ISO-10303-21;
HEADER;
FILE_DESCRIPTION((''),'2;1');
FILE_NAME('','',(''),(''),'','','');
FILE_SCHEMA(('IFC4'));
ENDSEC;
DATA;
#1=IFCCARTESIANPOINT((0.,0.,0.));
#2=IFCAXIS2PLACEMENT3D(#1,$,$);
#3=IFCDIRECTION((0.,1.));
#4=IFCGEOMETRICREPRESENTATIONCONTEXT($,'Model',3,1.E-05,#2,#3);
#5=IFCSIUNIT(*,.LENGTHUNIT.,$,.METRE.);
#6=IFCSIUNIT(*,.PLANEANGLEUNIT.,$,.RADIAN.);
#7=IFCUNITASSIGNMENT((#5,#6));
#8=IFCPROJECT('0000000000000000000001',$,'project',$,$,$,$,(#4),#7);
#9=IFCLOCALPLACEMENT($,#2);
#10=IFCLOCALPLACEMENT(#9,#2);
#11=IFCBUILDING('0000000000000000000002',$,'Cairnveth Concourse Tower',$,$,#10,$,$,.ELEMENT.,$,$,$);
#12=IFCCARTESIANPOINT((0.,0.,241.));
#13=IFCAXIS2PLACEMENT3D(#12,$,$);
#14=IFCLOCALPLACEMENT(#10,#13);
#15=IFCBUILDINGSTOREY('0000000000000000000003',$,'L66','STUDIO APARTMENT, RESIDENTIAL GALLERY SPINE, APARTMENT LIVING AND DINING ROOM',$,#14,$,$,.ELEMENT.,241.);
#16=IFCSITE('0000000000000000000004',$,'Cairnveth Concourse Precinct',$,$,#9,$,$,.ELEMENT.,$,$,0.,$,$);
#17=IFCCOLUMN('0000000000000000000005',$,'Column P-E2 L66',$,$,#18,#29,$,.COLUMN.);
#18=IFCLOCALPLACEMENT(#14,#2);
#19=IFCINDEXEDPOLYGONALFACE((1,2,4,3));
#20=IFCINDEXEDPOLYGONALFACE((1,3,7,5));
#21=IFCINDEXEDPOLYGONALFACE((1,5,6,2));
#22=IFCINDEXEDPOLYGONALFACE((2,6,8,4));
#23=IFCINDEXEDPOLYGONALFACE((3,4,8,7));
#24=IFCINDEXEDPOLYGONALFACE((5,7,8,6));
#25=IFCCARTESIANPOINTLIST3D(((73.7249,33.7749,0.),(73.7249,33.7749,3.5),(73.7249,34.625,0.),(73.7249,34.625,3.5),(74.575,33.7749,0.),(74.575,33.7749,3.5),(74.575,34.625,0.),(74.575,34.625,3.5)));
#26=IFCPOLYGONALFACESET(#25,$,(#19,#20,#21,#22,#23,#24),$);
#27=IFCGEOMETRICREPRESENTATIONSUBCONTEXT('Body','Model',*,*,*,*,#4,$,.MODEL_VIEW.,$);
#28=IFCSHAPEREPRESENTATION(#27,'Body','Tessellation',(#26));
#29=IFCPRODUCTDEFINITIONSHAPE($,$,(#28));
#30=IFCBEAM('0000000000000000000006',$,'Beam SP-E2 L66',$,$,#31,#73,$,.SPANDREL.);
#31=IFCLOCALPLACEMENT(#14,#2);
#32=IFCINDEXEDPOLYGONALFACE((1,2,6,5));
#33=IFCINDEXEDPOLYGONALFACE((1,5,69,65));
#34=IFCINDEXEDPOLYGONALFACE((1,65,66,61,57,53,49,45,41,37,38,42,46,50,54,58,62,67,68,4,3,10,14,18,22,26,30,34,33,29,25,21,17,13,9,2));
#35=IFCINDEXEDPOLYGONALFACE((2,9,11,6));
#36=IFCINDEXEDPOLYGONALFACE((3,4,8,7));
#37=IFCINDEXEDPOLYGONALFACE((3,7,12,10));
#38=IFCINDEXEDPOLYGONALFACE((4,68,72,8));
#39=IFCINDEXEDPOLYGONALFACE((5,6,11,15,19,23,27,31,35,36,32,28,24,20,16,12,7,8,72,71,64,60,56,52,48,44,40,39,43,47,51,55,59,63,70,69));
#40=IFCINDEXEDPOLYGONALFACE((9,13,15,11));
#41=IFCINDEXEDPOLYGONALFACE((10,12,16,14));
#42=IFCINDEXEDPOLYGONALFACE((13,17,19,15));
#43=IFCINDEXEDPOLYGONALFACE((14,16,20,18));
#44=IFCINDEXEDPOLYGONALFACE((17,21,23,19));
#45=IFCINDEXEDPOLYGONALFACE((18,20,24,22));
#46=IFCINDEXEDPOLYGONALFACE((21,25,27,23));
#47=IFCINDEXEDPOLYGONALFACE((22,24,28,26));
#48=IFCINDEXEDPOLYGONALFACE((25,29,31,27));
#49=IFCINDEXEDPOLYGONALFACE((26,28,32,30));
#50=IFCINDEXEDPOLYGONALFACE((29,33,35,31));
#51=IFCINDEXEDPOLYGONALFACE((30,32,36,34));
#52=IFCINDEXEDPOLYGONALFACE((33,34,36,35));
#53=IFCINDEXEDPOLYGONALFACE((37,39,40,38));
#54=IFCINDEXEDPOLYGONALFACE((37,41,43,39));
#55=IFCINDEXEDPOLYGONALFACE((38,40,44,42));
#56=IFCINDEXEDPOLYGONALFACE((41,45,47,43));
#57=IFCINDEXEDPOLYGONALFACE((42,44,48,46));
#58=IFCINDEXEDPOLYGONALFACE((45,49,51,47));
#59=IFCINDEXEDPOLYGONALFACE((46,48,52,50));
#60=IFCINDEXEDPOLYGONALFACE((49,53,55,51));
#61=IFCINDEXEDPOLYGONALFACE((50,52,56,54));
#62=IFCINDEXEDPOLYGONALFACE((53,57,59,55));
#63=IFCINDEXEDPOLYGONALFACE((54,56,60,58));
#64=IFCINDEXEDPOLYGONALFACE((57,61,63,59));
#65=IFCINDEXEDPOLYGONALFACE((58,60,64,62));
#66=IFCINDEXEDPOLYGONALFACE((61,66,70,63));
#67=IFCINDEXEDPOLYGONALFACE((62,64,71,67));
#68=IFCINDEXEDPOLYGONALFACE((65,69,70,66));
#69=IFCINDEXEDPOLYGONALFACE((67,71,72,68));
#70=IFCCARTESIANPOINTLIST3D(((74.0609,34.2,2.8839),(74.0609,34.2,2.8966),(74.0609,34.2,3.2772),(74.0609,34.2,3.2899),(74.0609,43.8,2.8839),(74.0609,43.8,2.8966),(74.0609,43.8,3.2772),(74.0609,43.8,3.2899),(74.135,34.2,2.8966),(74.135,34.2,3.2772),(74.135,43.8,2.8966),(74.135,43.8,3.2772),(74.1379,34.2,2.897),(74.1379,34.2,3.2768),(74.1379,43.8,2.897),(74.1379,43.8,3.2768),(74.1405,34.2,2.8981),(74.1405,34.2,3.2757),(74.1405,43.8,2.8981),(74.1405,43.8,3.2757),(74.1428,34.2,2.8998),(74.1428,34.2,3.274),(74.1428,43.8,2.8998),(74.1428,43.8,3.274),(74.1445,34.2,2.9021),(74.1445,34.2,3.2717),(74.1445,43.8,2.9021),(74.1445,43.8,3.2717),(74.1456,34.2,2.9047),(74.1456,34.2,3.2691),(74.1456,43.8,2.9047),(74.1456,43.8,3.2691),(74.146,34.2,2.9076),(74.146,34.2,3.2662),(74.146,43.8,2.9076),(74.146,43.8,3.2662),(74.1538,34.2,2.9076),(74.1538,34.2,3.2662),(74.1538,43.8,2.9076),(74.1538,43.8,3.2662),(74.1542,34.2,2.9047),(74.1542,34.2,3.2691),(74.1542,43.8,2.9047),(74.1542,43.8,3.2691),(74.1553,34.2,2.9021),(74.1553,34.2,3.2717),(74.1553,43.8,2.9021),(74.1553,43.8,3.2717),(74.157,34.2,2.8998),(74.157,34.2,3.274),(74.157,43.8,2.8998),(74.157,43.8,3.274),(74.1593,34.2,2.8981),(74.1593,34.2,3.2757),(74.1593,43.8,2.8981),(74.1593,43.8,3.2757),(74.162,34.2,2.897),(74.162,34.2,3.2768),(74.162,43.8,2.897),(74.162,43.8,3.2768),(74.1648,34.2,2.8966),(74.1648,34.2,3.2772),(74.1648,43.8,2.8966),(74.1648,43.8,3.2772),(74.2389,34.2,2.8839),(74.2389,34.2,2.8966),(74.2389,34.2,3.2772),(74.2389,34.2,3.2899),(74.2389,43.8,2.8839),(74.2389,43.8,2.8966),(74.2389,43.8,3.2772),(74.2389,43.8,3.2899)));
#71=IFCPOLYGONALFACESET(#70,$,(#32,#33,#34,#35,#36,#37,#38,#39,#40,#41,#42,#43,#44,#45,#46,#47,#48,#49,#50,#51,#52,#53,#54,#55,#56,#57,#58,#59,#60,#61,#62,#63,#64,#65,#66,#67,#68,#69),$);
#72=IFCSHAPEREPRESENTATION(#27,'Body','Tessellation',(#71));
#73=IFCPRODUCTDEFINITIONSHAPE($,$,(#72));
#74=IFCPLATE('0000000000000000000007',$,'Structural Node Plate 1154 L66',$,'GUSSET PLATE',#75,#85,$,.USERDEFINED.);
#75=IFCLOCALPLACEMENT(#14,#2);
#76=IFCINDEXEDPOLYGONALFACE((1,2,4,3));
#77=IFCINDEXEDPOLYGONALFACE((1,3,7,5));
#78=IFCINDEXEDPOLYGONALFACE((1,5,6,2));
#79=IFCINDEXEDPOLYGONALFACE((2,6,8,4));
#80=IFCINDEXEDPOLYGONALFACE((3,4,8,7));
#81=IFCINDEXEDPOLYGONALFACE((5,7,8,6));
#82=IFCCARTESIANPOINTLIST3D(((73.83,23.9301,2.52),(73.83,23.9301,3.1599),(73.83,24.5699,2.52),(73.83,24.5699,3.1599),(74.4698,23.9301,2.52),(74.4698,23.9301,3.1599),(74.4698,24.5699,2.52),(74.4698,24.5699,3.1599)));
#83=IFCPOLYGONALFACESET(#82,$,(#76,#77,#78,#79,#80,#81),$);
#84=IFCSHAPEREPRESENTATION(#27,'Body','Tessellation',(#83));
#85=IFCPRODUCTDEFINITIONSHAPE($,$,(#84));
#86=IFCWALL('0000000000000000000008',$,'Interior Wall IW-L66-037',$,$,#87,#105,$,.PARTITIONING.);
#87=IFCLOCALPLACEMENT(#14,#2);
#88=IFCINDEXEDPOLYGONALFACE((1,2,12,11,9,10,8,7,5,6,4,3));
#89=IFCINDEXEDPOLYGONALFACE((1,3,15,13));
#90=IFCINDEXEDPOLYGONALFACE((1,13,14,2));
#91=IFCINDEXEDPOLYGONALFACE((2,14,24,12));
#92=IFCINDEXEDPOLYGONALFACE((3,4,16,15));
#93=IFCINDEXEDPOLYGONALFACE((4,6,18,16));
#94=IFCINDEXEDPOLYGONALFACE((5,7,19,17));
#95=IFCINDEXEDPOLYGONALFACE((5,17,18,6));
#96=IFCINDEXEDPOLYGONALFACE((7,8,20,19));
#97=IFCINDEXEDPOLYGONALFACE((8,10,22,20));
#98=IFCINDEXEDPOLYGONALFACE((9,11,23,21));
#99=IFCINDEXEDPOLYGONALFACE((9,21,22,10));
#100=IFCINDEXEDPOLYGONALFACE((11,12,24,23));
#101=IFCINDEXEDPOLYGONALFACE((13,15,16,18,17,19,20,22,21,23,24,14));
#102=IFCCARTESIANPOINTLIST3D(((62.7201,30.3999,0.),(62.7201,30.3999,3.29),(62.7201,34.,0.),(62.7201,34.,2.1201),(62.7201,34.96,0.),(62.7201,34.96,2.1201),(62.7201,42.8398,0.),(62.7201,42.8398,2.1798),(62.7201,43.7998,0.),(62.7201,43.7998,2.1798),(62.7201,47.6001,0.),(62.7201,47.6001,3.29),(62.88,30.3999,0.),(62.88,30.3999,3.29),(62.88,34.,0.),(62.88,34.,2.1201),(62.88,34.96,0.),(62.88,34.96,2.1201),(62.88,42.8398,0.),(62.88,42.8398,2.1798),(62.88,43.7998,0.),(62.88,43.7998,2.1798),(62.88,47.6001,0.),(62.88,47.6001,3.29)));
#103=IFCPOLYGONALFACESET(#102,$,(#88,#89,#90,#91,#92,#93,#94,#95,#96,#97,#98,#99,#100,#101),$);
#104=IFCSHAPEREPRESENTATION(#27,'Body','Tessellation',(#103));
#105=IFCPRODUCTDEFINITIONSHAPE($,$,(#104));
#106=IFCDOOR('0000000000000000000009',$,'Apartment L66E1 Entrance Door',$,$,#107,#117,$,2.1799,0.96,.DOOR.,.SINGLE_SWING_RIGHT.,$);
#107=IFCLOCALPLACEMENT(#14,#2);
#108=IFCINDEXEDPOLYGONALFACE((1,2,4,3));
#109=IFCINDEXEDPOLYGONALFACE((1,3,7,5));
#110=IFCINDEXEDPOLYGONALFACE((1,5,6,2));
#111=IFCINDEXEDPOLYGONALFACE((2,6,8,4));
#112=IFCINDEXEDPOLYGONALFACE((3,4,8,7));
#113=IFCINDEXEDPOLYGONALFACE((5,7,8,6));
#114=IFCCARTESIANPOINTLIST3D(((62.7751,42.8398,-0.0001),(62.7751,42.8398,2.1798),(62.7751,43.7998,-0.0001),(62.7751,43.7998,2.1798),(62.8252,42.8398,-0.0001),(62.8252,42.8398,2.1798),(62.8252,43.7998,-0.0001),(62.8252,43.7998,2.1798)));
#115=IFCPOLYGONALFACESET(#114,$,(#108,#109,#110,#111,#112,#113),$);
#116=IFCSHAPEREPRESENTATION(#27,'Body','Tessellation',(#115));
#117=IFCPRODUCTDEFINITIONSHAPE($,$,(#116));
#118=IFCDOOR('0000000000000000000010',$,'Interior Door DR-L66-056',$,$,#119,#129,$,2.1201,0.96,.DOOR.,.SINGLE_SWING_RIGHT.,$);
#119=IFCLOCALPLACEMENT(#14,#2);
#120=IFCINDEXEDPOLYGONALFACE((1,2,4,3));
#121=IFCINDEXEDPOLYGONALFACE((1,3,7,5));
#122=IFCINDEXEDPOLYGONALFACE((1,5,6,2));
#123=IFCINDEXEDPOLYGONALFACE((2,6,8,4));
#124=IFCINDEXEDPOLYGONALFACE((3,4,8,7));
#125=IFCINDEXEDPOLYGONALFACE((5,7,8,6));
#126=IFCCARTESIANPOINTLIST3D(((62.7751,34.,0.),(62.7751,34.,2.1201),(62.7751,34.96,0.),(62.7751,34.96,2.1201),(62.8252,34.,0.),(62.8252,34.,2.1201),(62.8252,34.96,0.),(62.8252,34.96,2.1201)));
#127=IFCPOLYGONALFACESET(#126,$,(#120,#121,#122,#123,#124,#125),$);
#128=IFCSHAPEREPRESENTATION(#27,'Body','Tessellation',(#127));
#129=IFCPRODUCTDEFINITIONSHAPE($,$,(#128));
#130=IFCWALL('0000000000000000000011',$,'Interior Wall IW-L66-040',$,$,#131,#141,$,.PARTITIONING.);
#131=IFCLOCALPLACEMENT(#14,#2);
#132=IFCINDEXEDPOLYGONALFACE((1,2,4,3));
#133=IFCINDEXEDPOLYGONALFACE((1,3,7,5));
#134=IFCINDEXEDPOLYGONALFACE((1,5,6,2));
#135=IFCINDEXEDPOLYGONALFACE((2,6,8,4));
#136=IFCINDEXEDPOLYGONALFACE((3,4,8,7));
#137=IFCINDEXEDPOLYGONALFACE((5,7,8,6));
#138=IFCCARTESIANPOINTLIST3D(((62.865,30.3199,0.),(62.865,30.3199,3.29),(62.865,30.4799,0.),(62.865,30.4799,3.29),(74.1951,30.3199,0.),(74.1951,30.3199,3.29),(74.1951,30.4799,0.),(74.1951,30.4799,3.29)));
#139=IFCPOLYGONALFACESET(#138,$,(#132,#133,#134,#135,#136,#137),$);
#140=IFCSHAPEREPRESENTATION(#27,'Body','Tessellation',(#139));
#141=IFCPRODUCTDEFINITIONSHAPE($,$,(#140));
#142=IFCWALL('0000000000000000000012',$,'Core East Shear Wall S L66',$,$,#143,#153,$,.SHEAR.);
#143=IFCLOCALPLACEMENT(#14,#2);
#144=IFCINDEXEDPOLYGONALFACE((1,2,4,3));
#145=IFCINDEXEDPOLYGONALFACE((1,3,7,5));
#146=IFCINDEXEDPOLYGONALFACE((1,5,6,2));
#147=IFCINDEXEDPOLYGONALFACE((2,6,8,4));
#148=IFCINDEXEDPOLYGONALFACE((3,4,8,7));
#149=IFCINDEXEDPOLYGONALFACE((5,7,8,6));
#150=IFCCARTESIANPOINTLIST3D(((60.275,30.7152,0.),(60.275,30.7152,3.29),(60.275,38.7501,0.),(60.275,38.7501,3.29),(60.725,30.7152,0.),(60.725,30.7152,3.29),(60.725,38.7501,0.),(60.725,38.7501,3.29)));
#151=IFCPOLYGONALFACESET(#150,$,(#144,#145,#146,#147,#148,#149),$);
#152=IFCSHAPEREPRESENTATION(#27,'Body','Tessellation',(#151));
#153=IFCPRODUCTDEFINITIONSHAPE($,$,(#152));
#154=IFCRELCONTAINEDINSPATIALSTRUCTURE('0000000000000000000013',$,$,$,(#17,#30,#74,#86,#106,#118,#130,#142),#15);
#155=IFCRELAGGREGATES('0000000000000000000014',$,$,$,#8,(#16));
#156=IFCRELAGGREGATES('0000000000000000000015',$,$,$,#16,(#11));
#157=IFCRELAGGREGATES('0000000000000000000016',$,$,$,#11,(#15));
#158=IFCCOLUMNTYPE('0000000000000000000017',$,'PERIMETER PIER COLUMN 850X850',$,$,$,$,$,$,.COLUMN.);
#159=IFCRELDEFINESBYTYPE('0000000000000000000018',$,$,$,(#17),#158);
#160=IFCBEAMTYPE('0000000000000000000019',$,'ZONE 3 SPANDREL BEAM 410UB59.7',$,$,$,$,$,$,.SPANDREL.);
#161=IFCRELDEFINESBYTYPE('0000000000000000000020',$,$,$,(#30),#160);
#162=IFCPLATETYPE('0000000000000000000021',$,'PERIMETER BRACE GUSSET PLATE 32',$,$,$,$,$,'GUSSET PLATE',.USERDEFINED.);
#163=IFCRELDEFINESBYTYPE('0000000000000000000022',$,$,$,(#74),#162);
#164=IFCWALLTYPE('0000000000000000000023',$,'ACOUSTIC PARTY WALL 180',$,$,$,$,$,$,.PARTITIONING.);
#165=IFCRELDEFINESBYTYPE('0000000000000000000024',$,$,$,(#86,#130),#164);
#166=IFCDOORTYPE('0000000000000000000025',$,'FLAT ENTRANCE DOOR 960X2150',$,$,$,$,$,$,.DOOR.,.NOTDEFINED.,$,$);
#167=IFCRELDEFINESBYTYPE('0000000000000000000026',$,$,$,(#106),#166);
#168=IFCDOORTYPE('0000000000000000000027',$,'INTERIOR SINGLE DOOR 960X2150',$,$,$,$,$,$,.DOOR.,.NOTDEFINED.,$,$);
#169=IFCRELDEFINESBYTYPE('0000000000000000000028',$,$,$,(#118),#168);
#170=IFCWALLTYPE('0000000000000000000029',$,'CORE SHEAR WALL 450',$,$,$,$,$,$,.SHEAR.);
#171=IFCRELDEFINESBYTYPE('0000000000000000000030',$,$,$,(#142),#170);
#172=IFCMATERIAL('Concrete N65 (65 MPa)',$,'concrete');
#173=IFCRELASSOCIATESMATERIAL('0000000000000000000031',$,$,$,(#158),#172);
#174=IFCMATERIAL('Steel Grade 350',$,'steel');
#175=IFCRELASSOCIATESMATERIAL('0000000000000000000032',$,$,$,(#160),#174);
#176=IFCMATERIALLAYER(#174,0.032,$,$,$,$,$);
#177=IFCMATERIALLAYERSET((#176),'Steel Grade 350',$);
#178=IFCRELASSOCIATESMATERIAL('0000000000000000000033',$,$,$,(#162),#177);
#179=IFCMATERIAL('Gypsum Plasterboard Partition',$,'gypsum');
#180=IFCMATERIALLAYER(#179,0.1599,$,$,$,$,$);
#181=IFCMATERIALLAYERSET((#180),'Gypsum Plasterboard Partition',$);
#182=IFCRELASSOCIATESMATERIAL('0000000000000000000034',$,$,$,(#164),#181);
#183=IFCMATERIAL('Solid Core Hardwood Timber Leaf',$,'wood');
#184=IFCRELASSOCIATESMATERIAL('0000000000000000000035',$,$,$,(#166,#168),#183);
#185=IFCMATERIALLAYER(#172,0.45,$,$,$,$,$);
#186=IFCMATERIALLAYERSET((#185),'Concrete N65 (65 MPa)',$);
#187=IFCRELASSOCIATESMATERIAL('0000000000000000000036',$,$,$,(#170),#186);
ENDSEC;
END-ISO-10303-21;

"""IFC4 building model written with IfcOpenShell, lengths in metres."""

from ifc_helpers import new_model, si_unit, direction, frame, frame_2d, origin, origin_2d, place, context, subcontext, project, spatial, rectangle, i_section, extrude, material, layer, layer_set, material_profile, profile_set, type_object, element, fill, save


model = new_model("IFC4")

# Units and contexts
model_context = context("Model", 3, precision=1e-05, world=origin(), true_north=direction((0.0, 1.0)))
body_context = subcontext(model_context, "Body", "Model", "MODEL_VIEW")
ifc_project = project(units=[si_unit("LENGTHUNIT", "METRE"), si_unit("PLANEANGLEUNIT", "RADIAN")], contexts=[model_context])

# Site, building, storey
site_placement = place(None, origin())
site = spatial("IfcSite", under=ifc_project, at=site_placement, Name="Cairnveth Concourse Precinct", CompositionType="ELEMENT", RefElevation=0.0)
building_placement = place(site_placement, origin())
building = spatial("IfcBuilding", under=site, at=building_placement, Name="Cairnveth Concourse Tower", CompositionType="ELEMENT")
storey_placement = place(building_placement, frame((0.0, 0.0, 241.0)))
storey = spatial("IfcBuildingStorey", under=building, at=storey_placement, Name="L66", Description="STUDIO APARTMENT, RESIDENTIAL GALLERY SPINE, APARTMENT LIVING AND DINING ROOM", CompositionType="ELEMENT", Elevation=241.0)

# Column
ifc_material_1 = material(Name="Concrete N65 (65 MPa)", Category="concrete")
ifc_material_profile_1 = material_profile(ifc_material_1, rectangle(XDim=0.8501, YDim=0.8501, at=origin_2d()), Name="RC-COL-850x850")
ifc_profile_set_1 = profile_set([ifc_material_profile_1], Name="Concrete N65 (65 MPa)")
column_type = type_object("IfcColumnType", Name="PERIMETER PIER COLUMN 850X850", PredefinedType="COLUMN", material=ifc_profile_set_1)
column_placement = place(storey_placement, frame((74.1499, 34.2, 0.0), z_axis=(0.0, 0.0, 1.0), x_axis=(0.0, 1.0, 0.0)))
element("IfcColumn", 1, at=column_placement, inside=storey, type_object=column_type, Name="Column P-E2 L66", PredefinedType="COLUMN", context=body_context, shape_type="SweptSolid", body=[
    extrude(rectangle(XDim=0.8501, YDim=0.8501, at=origin_2d()), origin(), (0.0, 0.0, 1.0), 3.5),
])

# Beam
ifc_material_2 = material(Name="Steel Grade 350", Category="steel")
ifc_material_profile_2 = material_profile(ifc_material_2, i_section(OverallWidth=0.178, OverallDepth=0.406, WebThickness=0.0078, FlangeThickness=0.0127, FilletRadius=0.011, at=origin_2d()), Name="410UB59.7")
ifc_profile_set_2 = profile_set([ifc_material_profile_2], Name="Steel Grade 350")
beam_type = type_object("IfcBeamType", Name="ZONE 3 SPANDREL BEAM 410UB59.7", PredefinedType="SPANDREL", material=ifc_profile_set_2)
beam_placement = place(storey_placement, frame((74.1499, 34.2, 3.0869), z_axis=(0.0, 1.0, 0.0), x_axis=(-1.0, 0.0, 0.0)))
element("IfcBeam", 2, at=beam_placement, inside=storey, type_object=beam_type, Name="Beam SP-E2 L66", PredefinedType="SPANDREL", context=body_context, shape_type="SweptSolid", body=[
    extrude(i_section(OverallWidth=0.178, OverallDepth=0.406, WebThickness=0.0078, FlangeThickness=0.0127, FilletRadius=0.011, at=origin_2d()), origin(), (0.0, 0.0, 1.0), 9.6001),
])

# Plate
ifc_layer_1 = layer(ifc_material_2, 0.032)
ifc_layer_set_1 = layer_set([ifc_layer_1], Name="Steel Grade 350")
plate_type = type_object("IfcPlateType", Name="PERIMETER BRACE GUSSET PLATE 32", ElementType="GUSSET PLATE", PredefinedType="USERDEFINED", material=ifc_layer_set_1)
plate_placement = place(storey_placement, frame((74.1499, 24.25, 2.52), z_axis=(0.0, 0.0, 1.0), x_axis=(1.0, 0.0, 0.0)))
element("IfcPlate", 3, at=plate_placement, inside=storey, type_object=plate_type, Name="Structural Node Plate 1154 L66", ObjectType="GUSSET PLATE", PredefinedType="USERDEFINED", context=body_context, shape_type="SweptSolid", body=[
    extrude(rectangle(XDim=0.6399, YDim=0.6399, at=origin_2d()), origin(), (0.0, 0.0, 1.0), 0.6399),
])

# Wall, openings, doors
ifc_material_3 = material(Name="Gypsum Plasterboard Partition", Category="gypsum")
ifc_layer_2 = layer(ifc_material_3, 0.1599)
ifc_layer_set_2 = layer_set([ifc_layer_2], Name="Gypsum Plasterboard Partition")
wall_type_1 = type_object("IfcWallType", Name="ACOUSTIC PARTY WALL 180", PredefinedType="PARTITIONING", material=ifc_layer_set_2)
wall_1_placement = place(storey_placement, frame((62.8, 30.3999, 0.0), z_axis=(0.0, 0.0, 1.0), x_axis=(0.0, 1.0, 0.0)))
wall_1 = element("IfcWall", 4, at=wall_1_placement, inside=storey, type_object=wall_type_1, Name="Interior Wall IW-L66-037", PredefinedType="PARTITIONING", context=body_context, shape_type="SweptSolid", body=[
    extrude(rectangle(XDim=17.2002, YDim=0.1599, at=frame_2d((8.6001, 0.0))), origin(), (0.0, 0.0, 1.0), 3.29),
])
opening_1_placement = place(wall_1_placement, frame((3.6001, 0.0, 0.0)))
opening_1 = element("IfcOpeningElement", 5, at=opening_1_placement, cuts=wall_1, PredefinedType="OPENING", context=body_context, shape_type="SweptSolid", body=[
    extrude(rectangle(XDim=0.96, YDim=2.1201, at=frame_2d((0.48, 1.0601))), frame((0.0, 0.0898, 0.0), z_axis=(0.0, -1.0, 0.0), x_axis=(1.0, 0.0, 0.0)), (0.0, 0.0, 1.0), 0.1799),
])
opening_2_placement = place(wall_1_placement, frame((12.4399, 0.0, 0.0)))
opening_2 = element("IfcOpeningElement", 6, at=opening_2_placement, cuts=wall_1, PredefinedType="OPENING", context=body_context, shape_type="SweptSolid", body=[
    extrude(rectangle(XDim=0.96, YDim=2.1799, at=frame_2d((0.48, 1.0898))), frame((0.0, 0.0898, 0.0), z_axis=(0.0, -1.0, 0.0), x_axis=(1.0, 0.0, 0.0)), (0.0, 0.0, 1.0), 0.1799),
])
ifc_material_4 = material(Name="Solid Core Hardwood Timber Leaf", Category="wood")
door_type_1 = type_object("IfcDoorType", Name="FLAT ENTRANCE DOOR 960X2150", OperationType="NOTDEFINED", PredefinedType="DOOR", material=ifc_material_4)
door_1_placement = place(opening_2_placement, origin())
door_1 = element("IfcDoor", 7, at=door_1_placement, inside=storey, type_object=door_type_1, Name="Apartment L66E1 Entrance Door", OperationType="SINGLE_SWING_RIGHT", OverallHeight=2.1799, OverallWidth=0.96, PredefinedType="DOOR", context=body_context, shape_type="SweptSolid", body=[
    extrude(rectangle(XDim=0.96, YDim=2.1799, at=frame_2d((0.48, 1.0898))), frame((0.0, 0.0249, 0.0), z_axis=(0.0, -1.0, 0.0), x_axis=(1.0, 0.0, 0.0)), (0.0, 0.0, 1.0), 0.05),
])
fill(opening_2, door_1)
door_type_2 = type_object("IfcDoorType", Name="INTERIOR SINGLE DOOR 960X2150", OperationType="NOTDEFINED", PredefinedType="DOOR", material=ifc_material_4)
door_2_placement = place(opening_1_placement, origin())
door_2 = element("IfcDoor", 8, at=door_2_placement, inside=storey, type_object=door_type_2, Name="Interior Door DR-L66-056", OperationType="SINGLE_SWING_RIGHT", OverallHeight=2.1201, OverallWidth=0.96, PredefinedType="DOOR", context=body_context, shape_type="SweptSolid", body=[
    extrude(rectangle(XDim=0.96, YDim=2.1201, at=frame_2d((0.48, 1.0601))), frame((0.0, 0.0249, 0.0), z_axis=(0.0, -1.0, 0.0), x_axis=(1.0, 0.0, 0.0)), (0.0, 0.0, 1.0), 0.05),
])
fill(opening_1, door_2)

# Walls
wall_2_placement = place(storey_placement, frame((62.865, 30.3999, 0.0), z_axis=(0.0, 0.0, 1.0), x_axis=(1.0, 0.0, 0.0)))
element("IfcWall", 9, at=wall_2_placement, inside=storey, type_object=wall_type_1, Name="Interior Wall IW-L66-040", PredefinedType="PARTITIONING", context=body_context, shape_type="SweptSolid", body=[
    extrude(rectangle(XDim=11.3301, YDim=0.1599, at=frame_2d((5.665, 0.0))), origin(), (0.0, 0.0, 1.0), 3.29),
])
ifc_layer_3 = layer(ifc_material_1, 0.45)
ifc_layer_set_3 = layer_set([ifc_layer_3], Name="Concrete N65 (65 MPa)")
wall_type_2 = type_object("IfcWallType", Name="CORE SHEAR WALL 450", PredefinedType="SHEAR", material=ifc_layer_set_3)
wall_3_placement = place(storey_placement, frame((60.5, 30.7151, 0.0), z_axis=(0.0, 0.0, 1.0), x_axis=(0.0, 1.0, 0.0)))
element("IfcWall", 10, at=wall_3_placement, inside=storey, type_object=wall_type_2, Name="Core East Shear Wall S L66", PredefinedType="SHEAR", context=body_context, shape_type="SweptSolid", body=[
    extrude(rectangle(XDim=8.0349, YDim=0.45, at=frame_2d((4.0176, 0.0))), origin(), (0.0, 0.0, 1.0), 3.29),
])

save(model, "model.ifc")
